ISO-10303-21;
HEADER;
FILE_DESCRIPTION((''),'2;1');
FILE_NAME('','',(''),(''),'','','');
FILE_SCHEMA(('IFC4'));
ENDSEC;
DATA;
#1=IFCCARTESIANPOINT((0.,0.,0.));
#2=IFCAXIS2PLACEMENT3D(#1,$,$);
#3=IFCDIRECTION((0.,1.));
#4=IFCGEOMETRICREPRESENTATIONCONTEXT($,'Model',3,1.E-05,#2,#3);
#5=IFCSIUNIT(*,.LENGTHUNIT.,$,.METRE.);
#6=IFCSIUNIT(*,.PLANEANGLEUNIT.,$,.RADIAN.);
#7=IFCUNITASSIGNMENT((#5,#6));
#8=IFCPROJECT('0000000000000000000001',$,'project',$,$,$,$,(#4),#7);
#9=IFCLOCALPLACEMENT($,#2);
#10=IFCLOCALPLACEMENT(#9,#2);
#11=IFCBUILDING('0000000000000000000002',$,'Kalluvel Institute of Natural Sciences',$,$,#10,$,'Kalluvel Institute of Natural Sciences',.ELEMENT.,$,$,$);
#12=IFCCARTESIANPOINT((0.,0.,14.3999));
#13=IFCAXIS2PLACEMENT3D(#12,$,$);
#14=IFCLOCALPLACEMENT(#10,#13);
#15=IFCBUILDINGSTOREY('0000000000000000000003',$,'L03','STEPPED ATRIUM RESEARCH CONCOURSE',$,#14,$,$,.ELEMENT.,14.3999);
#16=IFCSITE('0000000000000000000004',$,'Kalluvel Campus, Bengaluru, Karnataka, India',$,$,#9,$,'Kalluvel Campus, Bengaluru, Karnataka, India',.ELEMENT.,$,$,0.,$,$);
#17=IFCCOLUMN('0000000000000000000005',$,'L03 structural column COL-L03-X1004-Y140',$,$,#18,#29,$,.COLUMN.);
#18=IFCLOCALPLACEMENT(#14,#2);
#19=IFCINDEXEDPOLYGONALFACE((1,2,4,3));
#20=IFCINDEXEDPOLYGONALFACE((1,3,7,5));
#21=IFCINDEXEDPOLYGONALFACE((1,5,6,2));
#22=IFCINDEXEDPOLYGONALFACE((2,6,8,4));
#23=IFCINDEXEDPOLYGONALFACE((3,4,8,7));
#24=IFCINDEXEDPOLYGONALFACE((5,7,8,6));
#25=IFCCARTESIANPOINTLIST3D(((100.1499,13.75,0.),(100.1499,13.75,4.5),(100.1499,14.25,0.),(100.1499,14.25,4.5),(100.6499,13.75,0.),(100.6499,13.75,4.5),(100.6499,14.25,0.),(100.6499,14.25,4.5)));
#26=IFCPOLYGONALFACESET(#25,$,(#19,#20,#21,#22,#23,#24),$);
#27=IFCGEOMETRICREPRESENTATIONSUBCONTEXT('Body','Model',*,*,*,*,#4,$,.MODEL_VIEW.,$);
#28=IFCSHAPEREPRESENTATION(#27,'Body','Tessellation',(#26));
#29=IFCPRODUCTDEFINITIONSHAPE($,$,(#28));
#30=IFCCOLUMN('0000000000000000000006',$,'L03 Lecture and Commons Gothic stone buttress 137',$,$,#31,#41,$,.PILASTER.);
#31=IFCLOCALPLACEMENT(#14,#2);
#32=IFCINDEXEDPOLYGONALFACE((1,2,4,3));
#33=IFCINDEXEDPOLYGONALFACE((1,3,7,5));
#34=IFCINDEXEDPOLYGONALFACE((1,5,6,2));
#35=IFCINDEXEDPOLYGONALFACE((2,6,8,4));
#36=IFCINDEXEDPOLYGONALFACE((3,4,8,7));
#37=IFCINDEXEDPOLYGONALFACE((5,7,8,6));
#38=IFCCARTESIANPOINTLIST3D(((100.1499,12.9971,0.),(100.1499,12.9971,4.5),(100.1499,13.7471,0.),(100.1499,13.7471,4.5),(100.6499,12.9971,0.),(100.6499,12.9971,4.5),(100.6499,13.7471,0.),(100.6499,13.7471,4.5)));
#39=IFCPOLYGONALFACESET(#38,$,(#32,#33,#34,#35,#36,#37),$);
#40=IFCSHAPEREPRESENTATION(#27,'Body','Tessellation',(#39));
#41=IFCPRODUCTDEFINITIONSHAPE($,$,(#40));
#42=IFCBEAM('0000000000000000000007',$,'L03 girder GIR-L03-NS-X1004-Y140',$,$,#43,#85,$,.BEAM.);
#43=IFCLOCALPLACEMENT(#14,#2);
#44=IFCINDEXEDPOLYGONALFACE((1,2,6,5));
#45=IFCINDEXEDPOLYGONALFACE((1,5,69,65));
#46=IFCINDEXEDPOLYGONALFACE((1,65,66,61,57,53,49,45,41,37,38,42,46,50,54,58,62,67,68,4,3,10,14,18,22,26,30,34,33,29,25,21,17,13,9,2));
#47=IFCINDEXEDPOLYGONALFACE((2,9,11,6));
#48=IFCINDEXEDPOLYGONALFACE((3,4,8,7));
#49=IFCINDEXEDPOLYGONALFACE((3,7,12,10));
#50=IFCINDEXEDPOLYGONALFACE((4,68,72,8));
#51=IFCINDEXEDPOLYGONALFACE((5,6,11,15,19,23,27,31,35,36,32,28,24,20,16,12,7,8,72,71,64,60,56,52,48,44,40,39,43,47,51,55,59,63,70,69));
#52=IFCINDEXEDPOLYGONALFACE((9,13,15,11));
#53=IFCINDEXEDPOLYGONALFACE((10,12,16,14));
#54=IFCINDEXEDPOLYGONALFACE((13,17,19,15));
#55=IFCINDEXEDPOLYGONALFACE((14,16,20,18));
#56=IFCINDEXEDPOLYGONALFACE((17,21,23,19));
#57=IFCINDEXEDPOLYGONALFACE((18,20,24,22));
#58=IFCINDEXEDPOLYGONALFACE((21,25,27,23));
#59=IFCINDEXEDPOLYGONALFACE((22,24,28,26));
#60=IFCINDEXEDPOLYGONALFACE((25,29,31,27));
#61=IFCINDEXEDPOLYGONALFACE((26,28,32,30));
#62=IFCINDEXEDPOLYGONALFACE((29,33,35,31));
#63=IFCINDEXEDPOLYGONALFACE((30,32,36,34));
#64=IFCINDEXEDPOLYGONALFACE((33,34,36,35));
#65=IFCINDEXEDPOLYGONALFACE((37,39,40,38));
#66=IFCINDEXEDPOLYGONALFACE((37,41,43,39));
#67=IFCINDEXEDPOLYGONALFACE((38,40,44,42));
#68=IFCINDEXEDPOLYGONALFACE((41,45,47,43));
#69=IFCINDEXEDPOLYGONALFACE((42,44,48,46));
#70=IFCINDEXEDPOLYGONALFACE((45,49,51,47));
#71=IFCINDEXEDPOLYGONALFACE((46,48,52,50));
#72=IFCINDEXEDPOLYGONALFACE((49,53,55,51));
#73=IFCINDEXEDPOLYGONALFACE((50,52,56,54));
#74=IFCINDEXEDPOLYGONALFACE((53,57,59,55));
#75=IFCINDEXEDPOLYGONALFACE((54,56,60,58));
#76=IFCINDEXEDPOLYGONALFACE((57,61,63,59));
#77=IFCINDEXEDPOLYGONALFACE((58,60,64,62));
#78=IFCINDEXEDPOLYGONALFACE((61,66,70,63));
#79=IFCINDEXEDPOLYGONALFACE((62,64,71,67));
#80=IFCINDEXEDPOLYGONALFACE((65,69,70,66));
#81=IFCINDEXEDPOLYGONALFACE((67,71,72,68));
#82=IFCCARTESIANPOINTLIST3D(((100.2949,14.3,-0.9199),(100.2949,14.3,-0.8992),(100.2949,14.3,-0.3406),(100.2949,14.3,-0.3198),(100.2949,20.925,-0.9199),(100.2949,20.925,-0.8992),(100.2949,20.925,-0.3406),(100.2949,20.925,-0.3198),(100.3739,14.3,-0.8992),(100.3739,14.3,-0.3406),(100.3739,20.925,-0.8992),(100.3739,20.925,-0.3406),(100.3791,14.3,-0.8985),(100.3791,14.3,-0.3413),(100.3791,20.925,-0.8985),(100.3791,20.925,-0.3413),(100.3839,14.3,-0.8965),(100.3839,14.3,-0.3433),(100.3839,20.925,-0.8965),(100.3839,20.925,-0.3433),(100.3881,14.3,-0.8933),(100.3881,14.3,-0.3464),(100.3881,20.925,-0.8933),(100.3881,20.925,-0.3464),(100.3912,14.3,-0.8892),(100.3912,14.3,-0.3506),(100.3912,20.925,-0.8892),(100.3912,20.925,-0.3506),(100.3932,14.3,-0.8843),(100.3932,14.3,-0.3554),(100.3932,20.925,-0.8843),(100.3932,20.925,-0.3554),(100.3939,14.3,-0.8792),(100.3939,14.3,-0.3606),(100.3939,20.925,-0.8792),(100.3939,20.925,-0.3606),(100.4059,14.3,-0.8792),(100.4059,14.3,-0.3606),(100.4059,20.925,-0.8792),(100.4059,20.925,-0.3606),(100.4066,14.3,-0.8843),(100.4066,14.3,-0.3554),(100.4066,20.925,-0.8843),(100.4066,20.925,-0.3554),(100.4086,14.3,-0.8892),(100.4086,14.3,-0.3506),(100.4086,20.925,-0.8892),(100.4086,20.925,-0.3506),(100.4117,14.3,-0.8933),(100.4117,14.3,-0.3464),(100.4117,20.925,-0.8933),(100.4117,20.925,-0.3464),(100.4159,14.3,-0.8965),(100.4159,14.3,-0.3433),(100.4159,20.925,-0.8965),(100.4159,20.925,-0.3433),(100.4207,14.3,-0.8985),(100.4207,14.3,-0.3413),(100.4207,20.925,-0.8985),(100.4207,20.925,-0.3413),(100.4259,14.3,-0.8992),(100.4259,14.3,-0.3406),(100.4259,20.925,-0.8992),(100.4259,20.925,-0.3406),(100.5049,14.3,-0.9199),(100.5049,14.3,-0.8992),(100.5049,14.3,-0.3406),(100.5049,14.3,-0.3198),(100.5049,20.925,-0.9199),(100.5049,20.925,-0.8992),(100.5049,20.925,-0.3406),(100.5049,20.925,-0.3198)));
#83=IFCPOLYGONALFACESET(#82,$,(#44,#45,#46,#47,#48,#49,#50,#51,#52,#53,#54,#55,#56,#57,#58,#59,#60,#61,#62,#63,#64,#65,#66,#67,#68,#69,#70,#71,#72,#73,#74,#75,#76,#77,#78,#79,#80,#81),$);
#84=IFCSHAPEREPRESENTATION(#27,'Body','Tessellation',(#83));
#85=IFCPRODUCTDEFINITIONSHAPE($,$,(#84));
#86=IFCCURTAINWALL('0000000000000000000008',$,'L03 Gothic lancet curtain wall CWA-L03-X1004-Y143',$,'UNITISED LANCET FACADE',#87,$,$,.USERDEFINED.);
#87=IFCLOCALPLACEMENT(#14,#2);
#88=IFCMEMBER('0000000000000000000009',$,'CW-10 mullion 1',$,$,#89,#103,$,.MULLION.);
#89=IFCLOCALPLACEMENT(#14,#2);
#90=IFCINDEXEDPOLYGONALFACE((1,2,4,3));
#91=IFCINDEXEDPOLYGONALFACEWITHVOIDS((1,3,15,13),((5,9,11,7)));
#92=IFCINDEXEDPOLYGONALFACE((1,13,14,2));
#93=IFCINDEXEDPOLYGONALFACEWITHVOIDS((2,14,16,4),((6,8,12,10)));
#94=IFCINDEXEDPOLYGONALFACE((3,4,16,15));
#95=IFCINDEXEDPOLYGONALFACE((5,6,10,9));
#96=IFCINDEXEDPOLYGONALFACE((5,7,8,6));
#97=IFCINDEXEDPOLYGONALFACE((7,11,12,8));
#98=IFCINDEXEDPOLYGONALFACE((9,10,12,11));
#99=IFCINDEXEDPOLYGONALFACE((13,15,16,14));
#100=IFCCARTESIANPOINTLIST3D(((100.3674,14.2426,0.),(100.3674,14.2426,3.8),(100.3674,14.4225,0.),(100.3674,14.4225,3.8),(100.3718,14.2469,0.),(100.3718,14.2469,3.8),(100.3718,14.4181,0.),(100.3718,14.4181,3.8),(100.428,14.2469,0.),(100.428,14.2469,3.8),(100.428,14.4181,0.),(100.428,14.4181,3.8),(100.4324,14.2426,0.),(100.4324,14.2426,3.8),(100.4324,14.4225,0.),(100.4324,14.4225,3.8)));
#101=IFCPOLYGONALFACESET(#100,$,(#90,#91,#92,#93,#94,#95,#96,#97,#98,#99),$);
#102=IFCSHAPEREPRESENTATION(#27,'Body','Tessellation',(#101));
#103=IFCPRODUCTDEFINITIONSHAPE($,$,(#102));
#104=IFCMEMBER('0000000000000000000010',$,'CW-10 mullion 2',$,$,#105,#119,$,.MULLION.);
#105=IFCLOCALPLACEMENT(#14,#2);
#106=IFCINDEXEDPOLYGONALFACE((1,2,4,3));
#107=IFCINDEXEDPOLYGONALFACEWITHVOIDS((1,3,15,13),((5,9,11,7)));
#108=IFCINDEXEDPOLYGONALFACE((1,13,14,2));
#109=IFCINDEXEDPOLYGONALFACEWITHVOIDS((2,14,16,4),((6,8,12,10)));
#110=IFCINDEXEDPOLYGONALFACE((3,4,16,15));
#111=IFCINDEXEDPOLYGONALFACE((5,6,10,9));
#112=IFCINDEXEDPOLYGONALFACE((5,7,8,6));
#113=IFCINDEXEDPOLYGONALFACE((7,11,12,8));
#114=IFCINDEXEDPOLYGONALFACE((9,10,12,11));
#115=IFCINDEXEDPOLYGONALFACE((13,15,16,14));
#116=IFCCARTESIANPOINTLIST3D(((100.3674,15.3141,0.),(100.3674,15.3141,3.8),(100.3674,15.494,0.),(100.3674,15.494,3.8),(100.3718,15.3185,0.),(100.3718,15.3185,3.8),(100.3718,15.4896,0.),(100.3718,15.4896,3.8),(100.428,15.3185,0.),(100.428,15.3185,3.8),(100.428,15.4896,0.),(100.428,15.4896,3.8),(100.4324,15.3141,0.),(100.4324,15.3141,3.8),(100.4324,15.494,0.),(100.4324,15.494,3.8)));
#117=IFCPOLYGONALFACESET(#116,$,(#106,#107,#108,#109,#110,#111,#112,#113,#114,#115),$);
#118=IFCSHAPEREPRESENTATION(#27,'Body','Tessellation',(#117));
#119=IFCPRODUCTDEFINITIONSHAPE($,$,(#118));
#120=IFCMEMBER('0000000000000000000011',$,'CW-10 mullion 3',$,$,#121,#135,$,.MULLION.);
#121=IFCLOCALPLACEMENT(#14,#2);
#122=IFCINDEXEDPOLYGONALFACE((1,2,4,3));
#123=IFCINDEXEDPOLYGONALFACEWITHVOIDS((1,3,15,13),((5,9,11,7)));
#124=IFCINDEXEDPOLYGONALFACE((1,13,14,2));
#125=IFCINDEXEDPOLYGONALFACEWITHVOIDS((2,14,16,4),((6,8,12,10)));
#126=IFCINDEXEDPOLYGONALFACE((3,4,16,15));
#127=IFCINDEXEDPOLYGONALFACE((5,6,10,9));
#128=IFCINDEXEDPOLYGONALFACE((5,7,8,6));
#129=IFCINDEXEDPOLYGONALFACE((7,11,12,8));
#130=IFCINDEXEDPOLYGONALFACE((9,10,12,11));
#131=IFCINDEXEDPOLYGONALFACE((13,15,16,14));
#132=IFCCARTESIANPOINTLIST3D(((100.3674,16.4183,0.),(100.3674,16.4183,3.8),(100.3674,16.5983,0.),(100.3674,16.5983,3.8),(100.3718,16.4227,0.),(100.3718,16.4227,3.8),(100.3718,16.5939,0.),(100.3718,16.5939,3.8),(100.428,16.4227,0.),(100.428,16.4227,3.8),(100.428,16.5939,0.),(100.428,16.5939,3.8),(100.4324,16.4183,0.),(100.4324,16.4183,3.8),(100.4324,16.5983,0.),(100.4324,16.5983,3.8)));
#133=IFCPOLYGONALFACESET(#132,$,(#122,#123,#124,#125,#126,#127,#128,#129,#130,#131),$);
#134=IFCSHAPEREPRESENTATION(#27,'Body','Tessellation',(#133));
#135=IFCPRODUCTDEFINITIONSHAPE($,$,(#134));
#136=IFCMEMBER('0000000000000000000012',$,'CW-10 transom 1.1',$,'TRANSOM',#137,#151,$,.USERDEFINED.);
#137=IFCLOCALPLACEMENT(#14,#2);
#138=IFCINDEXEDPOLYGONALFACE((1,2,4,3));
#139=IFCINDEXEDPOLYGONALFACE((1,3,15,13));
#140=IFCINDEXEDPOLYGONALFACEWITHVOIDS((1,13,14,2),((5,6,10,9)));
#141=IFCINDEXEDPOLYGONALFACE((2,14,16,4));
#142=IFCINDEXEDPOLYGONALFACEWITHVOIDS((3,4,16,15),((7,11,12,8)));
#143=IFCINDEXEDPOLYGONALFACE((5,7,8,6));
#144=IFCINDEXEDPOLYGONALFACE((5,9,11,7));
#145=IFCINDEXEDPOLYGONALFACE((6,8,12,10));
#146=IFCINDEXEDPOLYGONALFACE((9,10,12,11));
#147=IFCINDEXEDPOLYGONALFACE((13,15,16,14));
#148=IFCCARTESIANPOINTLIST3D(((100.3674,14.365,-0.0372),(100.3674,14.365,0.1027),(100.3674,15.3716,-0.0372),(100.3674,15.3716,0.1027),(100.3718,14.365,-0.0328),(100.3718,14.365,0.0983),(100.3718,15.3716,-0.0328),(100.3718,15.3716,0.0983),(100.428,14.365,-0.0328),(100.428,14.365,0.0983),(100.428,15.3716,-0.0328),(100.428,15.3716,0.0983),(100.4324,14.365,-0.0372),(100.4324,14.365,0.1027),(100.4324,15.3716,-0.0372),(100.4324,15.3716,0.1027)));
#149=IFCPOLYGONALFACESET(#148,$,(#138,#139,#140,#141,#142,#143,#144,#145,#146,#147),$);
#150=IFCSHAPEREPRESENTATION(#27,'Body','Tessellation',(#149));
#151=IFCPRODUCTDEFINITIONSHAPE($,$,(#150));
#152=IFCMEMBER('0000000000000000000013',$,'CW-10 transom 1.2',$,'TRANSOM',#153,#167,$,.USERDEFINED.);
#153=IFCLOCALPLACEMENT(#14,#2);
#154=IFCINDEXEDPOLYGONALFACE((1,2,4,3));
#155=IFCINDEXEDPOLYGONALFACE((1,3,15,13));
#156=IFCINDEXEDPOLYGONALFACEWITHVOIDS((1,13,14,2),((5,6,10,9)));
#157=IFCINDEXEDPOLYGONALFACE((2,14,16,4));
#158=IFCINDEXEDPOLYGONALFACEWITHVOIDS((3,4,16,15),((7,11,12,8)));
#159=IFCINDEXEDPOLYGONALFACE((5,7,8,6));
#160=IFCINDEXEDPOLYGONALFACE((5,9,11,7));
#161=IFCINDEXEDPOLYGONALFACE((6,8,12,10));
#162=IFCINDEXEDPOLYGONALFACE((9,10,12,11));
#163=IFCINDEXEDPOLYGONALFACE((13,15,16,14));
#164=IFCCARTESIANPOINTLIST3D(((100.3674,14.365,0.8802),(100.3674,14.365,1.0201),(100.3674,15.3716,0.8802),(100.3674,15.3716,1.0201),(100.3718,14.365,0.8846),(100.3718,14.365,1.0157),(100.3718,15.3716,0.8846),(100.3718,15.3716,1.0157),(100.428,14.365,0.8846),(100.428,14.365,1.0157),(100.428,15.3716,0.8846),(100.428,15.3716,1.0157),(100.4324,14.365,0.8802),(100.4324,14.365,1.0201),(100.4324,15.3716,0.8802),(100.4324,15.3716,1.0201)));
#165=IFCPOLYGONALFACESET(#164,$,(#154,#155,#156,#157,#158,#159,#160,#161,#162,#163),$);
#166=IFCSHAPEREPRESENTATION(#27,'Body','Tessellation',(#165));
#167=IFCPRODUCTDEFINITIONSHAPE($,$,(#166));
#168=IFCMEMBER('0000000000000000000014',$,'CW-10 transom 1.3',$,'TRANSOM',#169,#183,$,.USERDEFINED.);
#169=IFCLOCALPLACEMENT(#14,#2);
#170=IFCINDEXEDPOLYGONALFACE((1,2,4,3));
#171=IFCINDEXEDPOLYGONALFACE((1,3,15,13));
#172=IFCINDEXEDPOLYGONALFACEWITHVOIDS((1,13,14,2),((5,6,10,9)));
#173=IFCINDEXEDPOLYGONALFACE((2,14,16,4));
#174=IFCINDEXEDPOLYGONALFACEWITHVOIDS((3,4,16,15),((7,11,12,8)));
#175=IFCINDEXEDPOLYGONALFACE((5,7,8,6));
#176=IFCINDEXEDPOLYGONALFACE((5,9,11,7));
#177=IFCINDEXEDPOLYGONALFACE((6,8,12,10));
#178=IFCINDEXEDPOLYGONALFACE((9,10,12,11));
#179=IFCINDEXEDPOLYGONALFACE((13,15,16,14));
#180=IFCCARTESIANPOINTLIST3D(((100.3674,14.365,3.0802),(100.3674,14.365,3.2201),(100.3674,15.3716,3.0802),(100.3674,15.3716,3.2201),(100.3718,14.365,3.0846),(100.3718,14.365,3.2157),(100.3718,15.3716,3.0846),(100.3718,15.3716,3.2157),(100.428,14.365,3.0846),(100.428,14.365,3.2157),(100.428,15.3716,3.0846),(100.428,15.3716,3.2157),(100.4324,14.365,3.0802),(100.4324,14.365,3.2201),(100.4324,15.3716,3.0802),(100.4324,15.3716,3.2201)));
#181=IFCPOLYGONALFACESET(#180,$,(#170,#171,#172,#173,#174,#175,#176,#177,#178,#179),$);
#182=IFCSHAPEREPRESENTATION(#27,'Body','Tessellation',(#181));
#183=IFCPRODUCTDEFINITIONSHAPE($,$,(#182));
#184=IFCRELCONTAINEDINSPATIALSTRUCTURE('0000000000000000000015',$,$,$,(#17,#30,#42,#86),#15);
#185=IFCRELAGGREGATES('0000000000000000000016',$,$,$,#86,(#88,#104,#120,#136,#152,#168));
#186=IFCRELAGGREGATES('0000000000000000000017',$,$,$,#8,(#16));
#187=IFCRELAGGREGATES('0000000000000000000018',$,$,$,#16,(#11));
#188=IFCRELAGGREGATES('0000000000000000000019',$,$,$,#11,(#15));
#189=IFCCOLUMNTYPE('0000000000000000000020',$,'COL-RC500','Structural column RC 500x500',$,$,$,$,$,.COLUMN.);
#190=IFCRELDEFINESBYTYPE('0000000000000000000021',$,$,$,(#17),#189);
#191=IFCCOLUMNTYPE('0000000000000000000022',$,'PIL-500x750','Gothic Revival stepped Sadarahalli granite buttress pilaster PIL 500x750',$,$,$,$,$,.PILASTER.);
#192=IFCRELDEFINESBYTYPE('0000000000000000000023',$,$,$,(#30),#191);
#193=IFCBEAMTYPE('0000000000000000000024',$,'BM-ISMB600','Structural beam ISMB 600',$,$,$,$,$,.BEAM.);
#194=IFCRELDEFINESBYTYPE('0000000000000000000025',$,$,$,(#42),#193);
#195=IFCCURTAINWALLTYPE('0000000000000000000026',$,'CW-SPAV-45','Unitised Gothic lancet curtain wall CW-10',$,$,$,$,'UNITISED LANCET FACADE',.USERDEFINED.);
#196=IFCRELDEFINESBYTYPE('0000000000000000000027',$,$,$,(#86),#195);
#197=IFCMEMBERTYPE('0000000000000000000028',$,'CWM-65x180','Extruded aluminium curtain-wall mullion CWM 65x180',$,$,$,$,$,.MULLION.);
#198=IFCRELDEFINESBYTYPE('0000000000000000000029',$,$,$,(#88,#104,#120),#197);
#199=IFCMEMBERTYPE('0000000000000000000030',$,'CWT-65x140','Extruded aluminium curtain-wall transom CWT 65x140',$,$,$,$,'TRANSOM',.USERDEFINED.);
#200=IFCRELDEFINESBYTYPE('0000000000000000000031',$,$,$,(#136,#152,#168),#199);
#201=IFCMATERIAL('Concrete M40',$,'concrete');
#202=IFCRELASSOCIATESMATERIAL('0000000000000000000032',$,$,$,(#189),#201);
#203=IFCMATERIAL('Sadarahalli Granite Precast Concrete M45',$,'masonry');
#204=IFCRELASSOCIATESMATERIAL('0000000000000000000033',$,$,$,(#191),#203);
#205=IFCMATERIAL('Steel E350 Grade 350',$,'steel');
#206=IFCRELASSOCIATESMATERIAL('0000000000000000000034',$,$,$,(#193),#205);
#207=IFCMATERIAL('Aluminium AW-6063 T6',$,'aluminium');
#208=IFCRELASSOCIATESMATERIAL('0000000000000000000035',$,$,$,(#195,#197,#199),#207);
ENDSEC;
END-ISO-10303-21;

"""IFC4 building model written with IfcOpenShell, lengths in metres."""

from ifc_helpers import new_model, si_unit, direction, frame, origin, origin_2d, place, context, subcontext, project, spatial, rectangle, hollow_rectangle, i_section, extrude, material, material_profile, profile_set, type_object, element, aggregate, save


model = new_model("IFC4")

# Units and contexts
model_context = context("Model", 3, precision=1e-05, world=origin(), true_north=direction((0.0, 1.0)))
body_context = subcontext(model_context, "Body", "Model", "MODEL_VIEW")
ifc_project = project(units=[si_unit("LENGTHUNIT", "METRE"), si_unit("PLANEANGLEUNIT", "RADIAN")], contexts=[model_context])

# Site, building, storey
site_placement = place(None, origin())
site = spatial("IfcSite", under=ifc_project, at=site_placement, Name="Kalluvel Campus, Bengaluru, Karnataka, India", LongName="Kalluvel Campus, Bengaluru, Karnataka, India", CompositionType="ELEMENT", RefElevation=0.0)
building_placement = place(site_placement, origin())
building = spatial("IfcBuilding", under=site, at=building_placement, Name="Kalluvel Institute of Natural Sciences", LongName="Kalluvel Institute of Natural Sciences", CompositionType="ELEMENT")
storey_placement = place(building_placement, frame((0.0, 0.0, 14.3999)))
storey = spatial("IfcBuildingStorey", under=building, at=storey_placement, Name="L03", Description="STEPPED ATRIUM RESEARCH CONCOURSE", CompositionType="ELEMENT", Elevation=14.3999)

# Columns
ifc_material_1 = material(Name="Concrete M40", Category="concrete")
ifc_material_profile_1 = material_profile(ifc_material_1, rectangle(XDim=0.5, YDim=0.5, at=origin_2d()), Name="RC 500x500")
ifc_profile_set_1 = profile_set([ifc_material_profile_1], Name="Concrete M40")
column_type_1 = type_object("IfcColumnType", Name="COL-RC500", Description="Structural column RC 500x500", PredefinedType="COLUMN", material=ifc_profile_set_1)
column_1_placement = place(storey_placement, frame((100.3999, 14.0, 0.0), z_axis=(0.0, 0.0, 1.0), x_axis=(1.0, 0.0, 0.0)))
element("IfcColumn", 1, at=column_1_placement, inside=storey, type_object=column_type_1, Name="L03 structural column COL-L03-X1004-Y140", PredefinedType="COLUMN", context=body_context, shape_type="SweptSolid", body=[
    extrude(rectangle(XDim=0.5, YDim=0.5, at=origin_2d()), origin(), (0.0, 0.0, 1.0), 4.5),
])
ifc_material_2 = material(Name="Sadarahalli Granite Precast Concrete M45", Category="masonry")
ifc_material_profile_2 = material_profile(ifc_material_2, rectangle(XDim=0.5, YDim=0.75, at=origin_2d()), Name="PIL 500x750")
ifc_profile_set_2 = profile_set([ifc_material_profile_2], Name="Sadarahalli Granite Precast Concrete M45")
column_type_2 = type_object("IfcColumnType", Name="PIL-500x750", Description="Gothic Revival stepped Sadarahalli granite buttress pilaster PIL 500x750", PredefinedType="PILASTER", material=ifc_profile_set_2)
column_2_placement = place(storey_placement, frame((100.3999, 13.3721, 0.0), z_axis=(0.0, 0.0, 1.0), x_axis=(1.0, 0.0, 0.0)))
element("IfcColumn", 2, at=column_2_placement, inside=storey, type_object=column_type_2, Name="L03 Lecture and Commons Gothic stone buttress 137", PredefinedType="PILASTER", context=body_context, shape_type="SweptSolid", body=[
    extrude(rectangle(XDim=0.5, YDim=0.75, at=origin_2d()), origin(), (0.0, 0.0, 1.0), 4.5),
])

# Beam
ifc_material_3 = material(Name="Steel E350 Grade 350", Category="steel")
ifc_material_profile_3 = material_profile(ifc_material_3, i_section(OverallWidth=0.21, OverallDepth=0.6001, WebThickness=0.012, FlangeThickness=0.0208, FilletRadius=0.02, at=origin_2d()), Name="ISMB 600")
ifc_profile_set_3 = profile_set([ifc_material_profile_3], Name="Steel E350 Grade 350")
beam_type = type_object("IfcBeamType", Name="BM-ISMB600", Description="Structural beam ISMB 600", PredefinedType="BEAM", material=ifc_profile_set_3)
beam_placement = place(storey_placement, frame((100.3999, 14.3, -0.6199), z_axis=(0.0, 1.0, 0.0), x_axis=(-1.0, 0.0, 0.0)))
element("IfcBeam", 3, at=beam_placement, inside=storey, type_object=beam_type, Name="L03 girder GIR-L03-NS-X1004-Y140", PredefinedType="BEAM", context=body_context, shape_type="SweptSolid", body=[
    extrude(i_section(OverallWidth=0.21, OverallDepth=0.6001, WebThickness=0.012, FlangeThickness=0.0208, FilletRadius=0.02, at=origin_2d()), origin(), (0.0, 0.0, 1.0), 6.625),
])

# Curtain wall, members
ifc_material_4 = material(Name="Aluminium AW-6063 T6", Category="aluminium")
curtain_wall_type = type_object("IfcCurtainWallType", Name="CW-SPAV-45", Description="Unitised Gothic lancet curtain wall CW-10", ElementType="UNITISED LANCET FACADE", PredefinedType="USERDEFINED", material=ifc_material_4)
curtain_wall_placement = place(storey_placement, origin())
curtain_wall = element("IfcCurtainWall", 4, at=curtain_wall_placement, inside=storey, type_object=curtain_wall_type, Name="L03 Gothic lancet curtain wall CWA-L03-X1004-Y143", ObjectType="UNITISED LANCET FACADE", PredefinedType="USERDEFINED")
ifc_material_profile_4 = material_profile(ifc_material_4, hollow_rectangle(XDim=0.0649, YDim=0.1799, WallThickness=0.0044, at=origin_2d()), Name="CWM 65x180")
ifc_profile_set_4 = profile_set([ifc_material_profile_4], Name="Aluminium AW-6063 T6")
member_type_1 = type_object("IfcMemberType", Name="CWM-65x180", Description="Extruded aluminium curtain-wall mullion CWM 65x180", PredefinedType="MULLION", material=ifc_profile_set_4)
member_1_placement = place(storey_placement, frame((100.3999, 14.3325, 0.0), z_axis=(0.0, 0.0, 1.0), x_axis=(-1.0, 0.0, 0.0)))
member_1 = element("IfcMember", 5, at=member_1_placement, type_object=member_type_1, Name="CW-10 mullion 1", PredefinedType="MULLION", context=body_context, shape_type="SweptSolid", body=[
    extrude(hollow_rectangle(XDim=0.0649, YDim=0.1799, WallThickness=0.0044, at=origin_2d()), origin(), (0.0, 0.0, 1.0), 3.8),
])
member_2_placement = place(storey_placement, frame((100.3999, 15.4041, 0.0), z_axis=(0.0, 0.0, 1.0), x_axis=(-1.0, 0.0, 0.0)))
member_2 = element("IfcMember", 6, at=member_2_placement, type_object=member_type_1, Name="CW-10 mullion 2", PredefinedType="MULLION", context=body_context, shape_type="SweptSolid", body=[
    extrude(hollow_rectangle(XDim=0.0649, YDim=0.1799, WallThickness=0.0044, at=origin_2d()), origin(), (0.0, 0.0, 1.0), 3.8),
])
member_3_placement = place(storey_placement, frame((100.3999, 16.5083, 0.0), z_axis=(0.0, 0.0, 1.0), x_axis=(-1.0, 0.0, 0.0)))
member_3 = element("IfcMember", 7, at=member_3_placement, type_object=member_type_1, Name="CW-10 mullion 3", PredefinedType="MULLION", context=body_context, shape_type="SweptSolid", body=[
    extrude(hollow_rectangle(XDim=0.0649, YDim=0.1799, WallThickness=0.0044, at=origin_2d()), origin(), (0.0, 0.0, 1.0), 3.8),
])
ifc_material_profile_5 = material_profile(ifc_material_4, hollow_rectangle(XDim=0.0649, YDim=0.1399, WallThickness=0.0044, at=origin_2d()), Name="CWT 65x140")
ifc_profile_set_5 = profile_set([ifc_material_profile_5], Name="Aluminium AW-6063 T6")
member_type_2 = type_object("IfcMemberType", Name="CWT-65x140", Description="Extruded aluminium curtain-wall transom CWT 65x140", ElementType="TRANSOM", PredefinedType="USERDEFINED", material=ifc_profile_set_5)
member_4_placement = place(storey_placement, frame((100.3999, 14.365, 0.0327), z_axis=(0.0, 1.0, 0.0), x_axis=(-1.0, 0.0, 0.0)))
member_4 = element("IfcMember", 8, at=member_4_placement, type_object=member_type_2, Name="CW-10 transom 1.1", ObjectType="TRANSOM", PredefinedType="USERDEFINED", context=body_context, shape_type="SweptSolid", body=[
    extrude(hollow_rectangle(XDim=0.0649, YDim=0.1399, WallThickness=0.0044, at=origin_2d()), origin(), (0.0, 0.0, 1.0), 1.0066),
])
member_5_placement = place(storey_placement, frame((100.3999, 14.365, 0.9502), z_axis=(0.0, 1.0, 0.0), x_axis=(-1.0, 0.0, 0.0)))
member_5 = element("IfcMember", 9, at=member_5_placement, type_object=member_type_2, Name="CW-10 transom 1.2", ObjectType="TRANSOM", PredefinedType="USERDEFINED", context=body_context, shape_type="SweptSolid", body=[
    extrude(hollow_rectangle(XDim=0.0649, YDim=0.1399, WallThickness=0.0044, at=origin_2d()), origin(), (0.0, 0.0, 1.0), 1.0066),
])
member_6_placement = place(storey_placement, frame((100.3999, 14.365, 3.1501), z_axis=(0.0, 1.0, 0.0), x_axis=(-1.0, 0.0, 0.0)))
member_6 = element("IfcMember", 10, at=member_6_placement, type_object=member_type_2, Name="CW-10 transom 1.3", ObjectType="TRANSOM", PredefinedType="USERDEFINED", context=body_context, shape_type="SweptSolid", body=[
    extrude(hollow_rectangle(XDim=0.0649, YDim=0.1399, WallThickness=0.0044, at=origin_2d()), origin(), (0.0, 0.0, 1.0), 1.0066),
])
aggregate(curtain_wall, [member_1, member_2, member_3, member_4, member_5, member_6])

save(model, "model.ifc")
